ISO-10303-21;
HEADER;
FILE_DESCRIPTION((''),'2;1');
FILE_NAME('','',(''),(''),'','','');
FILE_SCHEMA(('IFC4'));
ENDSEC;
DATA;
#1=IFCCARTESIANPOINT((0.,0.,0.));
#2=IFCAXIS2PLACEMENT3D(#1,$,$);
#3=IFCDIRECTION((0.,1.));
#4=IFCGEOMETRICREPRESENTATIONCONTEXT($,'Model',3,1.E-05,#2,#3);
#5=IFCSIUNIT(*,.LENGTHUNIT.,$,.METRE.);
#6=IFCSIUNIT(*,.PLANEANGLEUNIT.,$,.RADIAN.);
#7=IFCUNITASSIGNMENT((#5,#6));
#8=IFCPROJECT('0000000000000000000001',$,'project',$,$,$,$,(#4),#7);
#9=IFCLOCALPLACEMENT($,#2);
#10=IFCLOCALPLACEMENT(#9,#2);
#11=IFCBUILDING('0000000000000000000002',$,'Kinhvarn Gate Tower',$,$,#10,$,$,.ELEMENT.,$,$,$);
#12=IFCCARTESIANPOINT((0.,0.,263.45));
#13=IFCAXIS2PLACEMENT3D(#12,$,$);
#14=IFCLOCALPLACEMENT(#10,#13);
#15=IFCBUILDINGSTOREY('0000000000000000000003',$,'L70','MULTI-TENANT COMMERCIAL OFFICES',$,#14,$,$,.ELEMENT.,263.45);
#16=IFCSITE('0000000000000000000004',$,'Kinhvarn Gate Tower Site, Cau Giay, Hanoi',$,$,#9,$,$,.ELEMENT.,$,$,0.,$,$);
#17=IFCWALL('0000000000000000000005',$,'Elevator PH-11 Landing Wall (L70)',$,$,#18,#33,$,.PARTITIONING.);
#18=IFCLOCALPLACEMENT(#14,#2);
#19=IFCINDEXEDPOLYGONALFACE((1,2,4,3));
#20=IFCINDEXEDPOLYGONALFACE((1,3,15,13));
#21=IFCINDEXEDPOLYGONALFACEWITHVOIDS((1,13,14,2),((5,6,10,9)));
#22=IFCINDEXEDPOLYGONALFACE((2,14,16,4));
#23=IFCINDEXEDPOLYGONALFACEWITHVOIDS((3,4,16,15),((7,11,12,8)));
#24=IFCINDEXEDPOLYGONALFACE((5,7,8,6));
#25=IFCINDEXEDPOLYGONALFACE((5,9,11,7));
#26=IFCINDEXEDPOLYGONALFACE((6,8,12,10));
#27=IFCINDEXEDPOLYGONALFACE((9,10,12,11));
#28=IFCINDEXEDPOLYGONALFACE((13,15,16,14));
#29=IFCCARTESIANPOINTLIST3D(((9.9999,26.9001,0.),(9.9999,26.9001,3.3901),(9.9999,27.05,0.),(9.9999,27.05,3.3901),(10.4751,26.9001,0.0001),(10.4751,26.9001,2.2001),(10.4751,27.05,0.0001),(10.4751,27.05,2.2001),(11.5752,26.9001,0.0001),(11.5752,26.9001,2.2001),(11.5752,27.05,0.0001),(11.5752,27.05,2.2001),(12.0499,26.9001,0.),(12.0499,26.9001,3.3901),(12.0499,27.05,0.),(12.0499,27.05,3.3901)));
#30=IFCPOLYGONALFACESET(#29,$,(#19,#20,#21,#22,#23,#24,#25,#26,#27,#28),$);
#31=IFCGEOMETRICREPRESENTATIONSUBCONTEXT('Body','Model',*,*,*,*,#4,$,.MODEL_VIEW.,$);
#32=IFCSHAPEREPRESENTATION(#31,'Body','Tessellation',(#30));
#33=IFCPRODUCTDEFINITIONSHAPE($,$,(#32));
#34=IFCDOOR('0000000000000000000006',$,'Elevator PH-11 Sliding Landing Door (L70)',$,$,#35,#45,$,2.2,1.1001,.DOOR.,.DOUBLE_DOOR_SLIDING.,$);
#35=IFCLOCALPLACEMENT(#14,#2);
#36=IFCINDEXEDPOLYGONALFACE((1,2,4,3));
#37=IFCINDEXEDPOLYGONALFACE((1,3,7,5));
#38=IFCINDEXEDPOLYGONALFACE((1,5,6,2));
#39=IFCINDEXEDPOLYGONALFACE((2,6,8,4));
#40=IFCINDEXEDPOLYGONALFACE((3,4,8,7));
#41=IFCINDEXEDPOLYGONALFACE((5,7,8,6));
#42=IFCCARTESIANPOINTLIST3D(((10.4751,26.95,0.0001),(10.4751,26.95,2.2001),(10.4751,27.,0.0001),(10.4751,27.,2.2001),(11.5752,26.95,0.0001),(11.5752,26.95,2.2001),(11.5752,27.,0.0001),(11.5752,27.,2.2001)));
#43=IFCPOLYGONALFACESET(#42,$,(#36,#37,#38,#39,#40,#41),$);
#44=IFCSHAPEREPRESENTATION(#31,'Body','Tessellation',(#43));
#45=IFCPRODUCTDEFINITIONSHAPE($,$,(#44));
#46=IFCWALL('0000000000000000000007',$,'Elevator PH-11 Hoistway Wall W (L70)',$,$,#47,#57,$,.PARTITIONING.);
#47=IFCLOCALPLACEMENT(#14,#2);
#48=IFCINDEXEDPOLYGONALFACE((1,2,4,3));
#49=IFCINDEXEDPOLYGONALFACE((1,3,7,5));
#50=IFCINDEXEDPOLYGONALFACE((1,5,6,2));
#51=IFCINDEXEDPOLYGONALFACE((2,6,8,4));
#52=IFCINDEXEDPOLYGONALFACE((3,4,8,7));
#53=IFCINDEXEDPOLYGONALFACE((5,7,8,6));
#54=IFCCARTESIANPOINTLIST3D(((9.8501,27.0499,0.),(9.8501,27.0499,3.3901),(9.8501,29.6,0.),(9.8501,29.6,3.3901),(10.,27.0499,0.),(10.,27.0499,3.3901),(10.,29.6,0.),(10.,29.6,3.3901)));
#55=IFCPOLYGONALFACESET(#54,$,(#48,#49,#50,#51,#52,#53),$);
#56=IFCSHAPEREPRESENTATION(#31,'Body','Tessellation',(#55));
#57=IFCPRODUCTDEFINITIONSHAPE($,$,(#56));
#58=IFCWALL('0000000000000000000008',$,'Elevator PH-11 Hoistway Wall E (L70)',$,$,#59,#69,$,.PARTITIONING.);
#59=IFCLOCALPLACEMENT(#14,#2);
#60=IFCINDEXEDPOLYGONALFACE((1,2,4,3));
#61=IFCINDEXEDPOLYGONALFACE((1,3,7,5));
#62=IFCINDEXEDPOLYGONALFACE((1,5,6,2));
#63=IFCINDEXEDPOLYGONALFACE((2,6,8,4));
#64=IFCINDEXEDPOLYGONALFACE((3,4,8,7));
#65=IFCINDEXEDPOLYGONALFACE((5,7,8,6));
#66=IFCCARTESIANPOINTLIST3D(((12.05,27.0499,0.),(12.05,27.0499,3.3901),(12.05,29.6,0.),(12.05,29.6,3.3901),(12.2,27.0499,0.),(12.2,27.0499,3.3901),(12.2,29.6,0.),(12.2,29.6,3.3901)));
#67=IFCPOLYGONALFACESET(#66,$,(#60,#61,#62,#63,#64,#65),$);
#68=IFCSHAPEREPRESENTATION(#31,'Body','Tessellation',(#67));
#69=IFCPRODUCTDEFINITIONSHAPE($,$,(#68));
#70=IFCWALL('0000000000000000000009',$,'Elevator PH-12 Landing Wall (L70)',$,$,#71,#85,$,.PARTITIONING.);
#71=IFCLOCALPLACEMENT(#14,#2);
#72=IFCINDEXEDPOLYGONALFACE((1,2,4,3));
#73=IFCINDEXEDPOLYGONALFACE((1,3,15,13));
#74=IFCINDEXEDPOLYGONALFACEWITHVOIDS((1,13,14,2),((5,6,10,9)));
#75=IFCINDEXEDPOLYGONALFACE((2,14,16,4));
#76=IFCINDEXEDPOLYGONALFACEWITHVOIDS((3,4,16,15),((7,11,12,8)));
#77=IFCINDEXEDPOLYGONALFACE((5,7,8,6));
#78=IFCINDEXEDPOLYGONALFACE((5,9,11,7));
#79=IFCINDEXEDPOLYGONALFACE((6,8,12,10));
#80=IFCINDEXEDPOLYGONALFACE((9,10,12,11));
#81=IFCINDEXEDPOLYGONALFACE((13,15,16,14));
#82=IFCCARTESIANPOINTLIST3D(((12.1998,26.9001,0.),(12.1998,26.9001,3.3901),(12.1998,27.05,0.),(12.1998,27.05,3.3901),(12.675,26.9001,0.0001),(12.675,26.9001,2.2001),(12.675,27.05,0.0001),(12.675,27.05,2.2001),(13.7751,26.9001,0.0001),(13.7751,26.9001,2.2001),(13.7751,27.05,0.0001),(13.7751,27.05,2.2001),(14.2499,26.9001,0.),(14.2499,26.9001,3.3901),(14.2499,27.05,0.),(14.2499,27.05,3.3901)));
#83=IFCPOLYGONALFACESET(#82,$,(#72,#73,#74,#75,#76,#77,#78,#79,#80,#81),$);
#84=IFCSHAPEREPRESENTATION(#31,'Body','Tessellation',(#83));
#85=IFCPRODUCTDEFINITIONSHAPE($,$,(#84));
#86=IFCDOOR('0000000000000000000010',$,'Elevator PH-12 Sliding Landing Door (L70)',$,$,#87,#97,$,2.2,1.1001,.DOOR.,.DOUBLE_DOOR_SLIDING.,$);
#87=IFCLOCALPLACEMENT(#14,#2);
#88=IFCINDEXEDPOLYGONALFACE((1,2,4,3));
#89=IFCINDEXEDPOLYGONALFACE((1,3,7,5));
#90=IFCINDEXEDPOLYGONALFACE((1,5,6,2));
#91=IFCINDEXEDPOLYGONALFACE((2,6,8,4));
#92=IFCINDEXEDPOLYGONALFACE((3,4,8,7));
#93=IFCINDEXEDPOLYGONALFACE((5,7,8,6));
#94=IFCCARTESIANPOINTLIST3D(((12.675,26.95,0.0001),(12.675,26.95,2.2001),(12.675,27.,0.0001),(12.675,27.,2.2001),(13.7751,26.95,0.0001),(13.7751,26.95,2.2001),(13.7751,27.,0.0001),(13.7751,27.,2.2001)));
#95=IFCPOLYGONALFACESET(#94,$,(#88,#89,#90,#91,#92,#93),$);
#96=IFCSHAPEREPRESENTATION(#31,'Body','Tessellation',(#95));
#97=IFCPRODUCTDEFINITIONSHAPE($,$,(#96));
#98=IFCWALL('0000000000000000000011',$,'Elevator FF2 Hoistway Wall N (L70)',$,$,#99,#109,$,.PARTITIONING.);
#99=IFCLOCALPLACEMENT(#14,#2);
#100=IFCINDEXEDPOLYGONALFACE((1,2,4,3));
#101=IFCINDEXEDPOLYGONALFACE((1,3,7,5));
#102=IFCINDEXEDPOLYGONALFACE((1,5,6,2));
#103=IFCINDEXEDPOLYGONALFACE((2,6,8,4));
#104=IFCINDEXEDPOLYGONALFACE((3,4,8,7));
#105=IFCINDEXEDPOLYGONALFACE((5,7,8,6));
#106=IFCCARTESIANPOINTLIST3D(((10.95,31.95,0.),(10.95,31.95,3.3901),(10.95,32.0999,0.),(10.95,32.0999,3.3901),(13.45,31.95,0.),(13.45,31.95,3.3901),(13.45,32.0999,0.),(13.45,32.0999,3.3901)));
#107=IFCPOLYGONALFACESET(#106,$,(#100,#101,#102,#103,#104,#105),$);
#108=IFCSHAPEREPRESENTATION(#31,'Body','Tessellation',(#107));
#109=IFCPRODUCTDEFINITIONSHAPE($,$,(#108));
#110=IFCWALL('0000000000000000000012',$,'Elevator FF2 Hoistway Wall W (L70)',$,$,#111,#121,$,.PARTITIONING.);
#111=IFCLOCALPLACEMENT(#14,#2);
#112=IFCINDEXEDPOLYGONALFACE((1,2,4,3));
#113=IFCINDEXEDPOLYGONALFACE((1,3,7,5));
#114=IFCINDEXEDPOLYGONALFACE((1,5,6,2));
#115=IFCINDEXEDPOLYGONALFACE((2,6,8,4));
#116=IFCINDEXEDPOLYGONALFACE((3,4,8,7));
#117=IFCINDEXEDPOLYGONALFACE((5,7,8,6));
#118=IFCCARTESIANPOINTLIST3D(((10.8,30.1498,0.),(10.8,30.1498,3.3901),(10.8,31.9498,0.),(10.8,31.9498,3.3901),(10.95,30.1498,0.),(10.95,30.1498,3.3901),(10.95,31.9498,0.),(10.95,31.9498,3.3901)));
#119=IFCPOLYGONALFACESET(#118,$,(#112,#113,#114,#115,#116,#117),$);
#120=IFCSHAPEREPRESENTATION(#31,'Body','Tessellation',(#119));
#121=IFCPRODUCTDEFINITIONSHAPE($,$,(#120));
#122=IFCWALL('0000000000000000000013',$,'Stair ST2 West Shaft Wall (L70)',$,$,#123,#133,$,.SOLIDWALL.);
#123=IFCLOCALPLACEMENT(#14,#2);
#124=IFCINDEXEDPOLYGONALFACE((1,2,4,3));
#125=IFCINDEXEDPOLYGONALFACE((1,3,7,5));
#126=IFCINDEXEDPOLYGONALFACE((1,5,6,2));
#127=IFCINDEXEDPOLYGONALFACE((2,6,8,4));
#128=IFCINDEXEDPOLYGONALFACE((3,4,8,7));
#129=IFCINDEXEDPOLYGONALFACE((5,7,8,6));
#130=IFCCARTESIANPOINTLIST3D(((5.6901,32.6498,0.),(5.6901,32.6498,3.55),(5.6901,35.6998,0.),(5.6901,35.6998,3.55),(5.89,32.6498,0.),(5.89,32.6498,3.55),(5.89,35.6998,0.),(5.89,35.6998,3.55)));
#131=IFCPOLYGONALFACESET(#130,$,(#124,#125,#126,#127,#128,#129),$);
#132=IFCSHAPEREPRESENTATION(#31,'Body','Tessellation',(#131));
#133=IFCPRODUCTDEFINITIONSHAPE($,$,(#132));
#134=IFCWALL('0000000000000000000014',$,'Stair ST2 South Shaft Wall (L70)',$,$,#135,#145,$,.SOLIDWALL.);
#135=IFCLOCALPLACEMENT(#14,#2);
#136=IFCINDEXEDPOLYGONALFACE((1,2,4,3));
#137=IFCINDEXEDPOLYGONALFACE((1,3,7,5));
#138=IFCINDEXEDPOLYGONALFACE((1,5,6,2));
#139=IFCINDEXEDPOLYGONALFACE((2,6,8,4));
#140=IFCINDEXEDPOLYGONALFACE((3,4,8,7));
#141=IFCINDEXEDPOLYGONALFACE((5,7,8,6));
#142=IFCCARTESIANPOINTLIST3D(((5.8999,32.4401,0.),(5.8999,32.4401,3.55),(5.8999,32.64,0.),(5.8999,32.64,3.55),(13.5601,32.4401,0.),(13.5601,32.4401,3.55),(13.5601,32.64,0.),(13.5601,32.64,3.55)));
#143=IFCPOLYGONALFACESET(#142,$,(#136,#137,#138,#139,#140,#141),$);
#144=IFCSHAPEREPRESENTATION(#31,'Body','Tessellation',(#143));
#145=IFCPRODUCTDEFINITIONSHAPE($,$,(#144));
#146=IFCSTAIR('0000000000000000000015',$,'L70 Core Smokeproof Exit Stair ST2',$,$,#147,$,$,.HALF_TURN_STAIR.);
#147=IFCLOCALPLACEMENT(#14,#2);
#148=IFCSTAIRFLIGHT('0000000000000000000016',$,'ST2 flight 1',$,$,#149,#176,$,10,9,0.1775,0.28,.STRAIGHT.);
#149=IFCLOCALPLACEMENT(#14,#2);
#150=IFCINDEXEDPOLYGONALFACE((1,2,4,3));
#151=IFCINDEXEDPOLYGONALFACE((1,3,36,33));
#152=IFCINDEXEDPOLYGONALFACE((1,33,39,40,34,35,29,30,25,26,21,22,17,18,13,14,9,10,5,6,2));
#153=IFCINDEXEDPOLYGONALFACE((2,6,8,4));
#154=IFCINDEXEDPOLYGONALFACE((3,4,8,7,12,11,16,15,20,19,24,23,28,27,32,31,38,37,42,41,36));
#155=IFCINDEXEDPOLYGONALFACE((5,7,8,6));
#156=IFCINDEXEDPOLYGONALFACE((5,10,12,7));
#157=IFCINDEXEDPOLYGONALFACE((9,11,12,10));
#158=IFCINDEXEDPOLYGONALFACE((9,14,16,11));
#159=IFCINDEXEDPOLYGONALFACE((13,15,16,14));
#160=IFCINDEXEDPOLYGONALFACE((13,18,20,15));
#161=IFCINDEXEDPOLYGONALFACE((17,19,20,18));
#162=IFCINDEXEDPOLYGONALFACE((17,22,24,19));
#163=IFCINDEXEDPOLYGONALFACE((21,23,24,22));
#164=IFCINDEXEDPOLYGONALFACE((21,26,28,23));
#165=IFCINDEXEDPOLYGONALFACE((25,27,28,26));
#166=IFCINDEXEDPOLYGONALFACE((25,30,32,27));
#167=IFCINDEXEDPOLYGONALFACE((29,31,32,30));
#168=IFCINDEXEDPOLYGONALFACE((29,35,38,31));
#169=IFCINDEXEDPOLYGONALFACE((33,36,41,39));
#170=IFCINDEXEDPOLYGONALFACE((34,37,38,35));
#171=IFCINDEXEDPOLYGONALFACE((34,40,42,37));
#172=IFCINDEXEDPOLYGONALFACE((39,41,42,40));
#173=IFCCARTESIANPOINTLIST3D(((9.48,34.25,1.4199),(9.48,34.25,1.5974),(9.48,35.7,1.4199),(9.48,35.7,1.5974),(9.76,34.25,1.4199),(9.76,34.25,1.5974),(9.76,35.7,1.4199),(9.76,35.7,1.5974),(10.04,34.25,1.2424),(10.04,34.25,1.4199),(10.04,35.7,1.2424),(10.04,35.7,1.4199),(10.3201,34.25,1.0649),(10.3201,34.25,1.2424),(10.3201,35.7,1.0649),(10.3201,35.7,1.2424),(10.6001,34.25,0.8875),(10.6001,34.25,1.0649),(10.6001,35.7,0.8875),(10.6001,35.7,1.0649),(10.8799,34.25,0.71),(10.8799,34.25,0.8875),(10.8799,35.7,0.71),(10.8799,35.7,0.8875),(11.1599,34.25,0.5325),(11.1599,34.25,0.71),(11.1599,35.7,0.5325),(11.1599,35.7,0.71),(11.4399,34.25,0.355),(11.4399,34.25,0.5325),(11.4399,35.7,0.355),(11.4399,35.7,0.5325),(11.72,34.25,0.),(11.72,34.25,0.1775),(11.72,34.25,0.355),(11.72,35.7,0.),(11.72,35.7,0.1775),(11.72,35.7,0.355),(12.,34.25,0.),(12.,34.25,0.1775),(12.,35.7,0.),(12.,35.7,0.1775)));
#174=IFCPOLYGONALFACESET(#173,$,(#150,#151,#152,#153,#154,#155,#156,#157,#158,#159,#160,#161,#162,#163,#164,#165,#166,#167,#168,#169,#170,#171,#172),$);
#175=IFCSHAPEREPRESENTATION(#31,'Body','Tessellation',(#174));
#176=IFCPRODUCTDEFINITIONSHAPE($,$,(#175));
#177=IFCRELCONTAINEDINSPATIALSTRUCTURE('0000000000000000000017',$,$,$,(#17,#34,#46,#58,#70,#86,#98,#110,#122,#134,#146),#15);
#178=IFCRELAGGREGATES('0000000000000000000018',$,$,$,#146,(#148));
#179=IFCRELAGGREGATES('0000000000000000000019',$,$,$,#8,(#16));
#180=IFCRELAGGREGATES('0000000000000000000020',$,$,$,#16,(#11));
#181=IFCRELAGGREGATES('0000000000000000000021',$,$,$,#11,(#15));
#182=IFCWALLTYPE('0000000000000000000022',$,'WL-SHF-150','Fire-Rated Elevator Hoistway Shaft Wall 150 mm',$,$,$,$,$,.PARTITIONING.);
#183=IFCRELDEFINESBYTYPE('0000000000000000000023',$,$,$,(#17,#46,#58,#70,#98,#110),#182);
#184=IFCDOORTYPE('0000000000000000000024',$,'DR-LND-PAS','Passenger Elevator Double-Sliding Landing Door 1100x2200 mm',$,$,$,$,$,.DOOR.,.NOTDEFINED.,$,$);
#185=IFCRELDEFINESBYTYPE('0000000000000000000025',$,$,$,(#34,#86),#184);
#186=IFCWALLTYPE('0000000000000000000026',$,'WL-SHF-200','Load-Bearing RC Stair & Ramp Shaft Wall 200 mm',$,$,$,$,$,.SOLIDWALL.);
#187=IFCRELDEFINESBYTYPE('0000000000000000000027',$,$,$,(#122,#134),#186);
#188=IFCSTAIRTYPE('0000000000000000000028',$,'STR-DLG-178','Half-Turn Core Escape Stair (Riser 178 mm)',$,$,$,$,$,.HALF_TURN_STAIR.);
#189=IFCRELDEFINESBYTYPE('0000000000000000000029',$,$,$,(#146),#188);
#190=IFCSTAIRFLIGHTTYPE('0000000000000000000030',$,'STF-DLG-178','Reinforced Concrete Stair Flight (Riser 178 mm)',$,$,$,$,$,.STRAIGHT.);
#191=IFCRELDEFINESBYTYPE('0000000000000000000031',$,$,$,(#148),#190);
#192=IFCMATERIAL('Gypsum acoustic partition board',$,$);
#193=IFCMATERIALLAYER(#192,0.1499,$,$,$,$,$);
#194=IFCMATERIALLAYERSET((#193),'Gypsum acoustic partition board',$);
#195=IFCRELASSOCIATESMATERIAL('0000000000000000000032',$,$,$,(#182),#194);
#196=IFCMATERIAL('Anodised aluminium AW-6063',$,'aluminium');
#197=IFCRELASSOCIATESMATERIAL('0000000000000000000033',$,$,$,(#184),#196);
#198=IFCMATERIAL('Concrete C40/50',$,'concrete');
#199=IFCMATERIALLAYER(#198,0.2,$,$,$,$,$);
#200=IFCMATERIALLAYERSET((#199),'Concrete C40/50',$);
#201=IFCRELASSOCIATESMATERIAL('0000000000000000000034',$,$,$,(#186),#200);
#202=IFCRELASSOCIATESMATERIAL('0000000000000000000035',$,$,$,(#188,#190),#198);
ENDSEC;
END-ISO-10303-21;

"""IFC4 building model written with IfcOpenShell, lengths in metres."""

from ifc_helpers import new_model, si_unit, direction, frame, frame_2d, origin, place, context, subcontext, project, spatial, polyline, rectangle, outline, extrude, material, layer, layer_set, type_object, element, fill, aggregate, save


model = new_model("IFC4")

# Units and contexts
model_context = context("Model", 3, precision=1e-05, world=origin(), true_north=direction((0.0, 1.0)))
body_context = subcontext(model_context, "Body", "Model", "MODEL_VIEW")
ifc_project = project(units=[si_unit("LENGTHUNIT", "METRE"), si_unit("PLANEANGLEUNIT", "RADIAN")], contexts=[model_context])

# Site, building, storey
site_placement = place(None, origin())
site = spatial("IfcSite", under=ifc_project, at=site_placement, Name="Kinhvarn Gate Tower Site, Cau Giay, Hanoi", CompositionType="ELEMENT", RefElevation=0.0)
building_placement = place(site_placement, origin())
building = spatial("IfcBuilding", under=site, at=building_placement, Name="Kinhvarn Gate Tower", CompositionType="ELEMENT")
storey_placement = place(building_placement, frame((0.0, 0.0, 263.45)))
storey = spatial("IfcBuildingStorey", under=building, at=storey_placement, Name="L70", Description="MULTI-TENANT COMMERCIAL OFFICES", CompositionType="ELEMENT", Elevation=263.45)

# Shared definitions
ifc_material_1 = material(Name="Gypsum acoustic partition board")

# Shared definitions
ifc_material_2 = material(Name="Anodised aluminium AW-6063", Category="aluminium")

# Wall, opening, door
ifc_layer_1 = layer(ifc_material_1, 0.1499)
ifc_layer_set_1 = layer_set([ifc_layer_1], Name="Gypsum acoustic partition board")
wall_type_1 = type_object("IfcWallType", Name="WL-SHF-150", Description="Fire-Rated Elevator Hoistway Shaft Wall 150 mm", PredefinedType="PARTITIONING", material=ifc_layer_set_1)
door_type_1 = type_object("IfcDoorType", Name="DR-LND-PAS", Description="Passenger Elevator Double-Sliding Landing Door 1100x2200 mm", OperationType="NOTDEFINED", PredefinedType="DOOR", material=ifc_material_2)
wall_1_placement = place(storey_placement, frame((10.0, 26.9751, 0.0), z_axis=(0.0, 0.0, 1.0), x_axis=(1.0, 0.0, 0.0)))
wall_1 = element("IfcWall", 1, at=wall_1_placement, inside=storey, type_object=wall_type_1, Name="Elevator PH-11 Landing Wall (L70)", PredefinedType="PARTITIONING", context=body_context, shape_type="SweptSolid", body=[
    extrude(rectangle(XDim=2.05, YDim=0.1499, at=frame_2d((1.0249, 0.0))), origin(), (0.0, 0.0, 1.0), 3.3901),
])
opening_1_placement = place(wall_1_placement, frame((0.4751, 0.0, 0.0)))
opening_1 = element("IfcOpeningElement", 2, at=opening_1_placement, cuts=wall_1, PredefinedType="OPENING", context=body_context, shape_type="SweptSolid", body=[
    extrude(rectangle(XDim=1.1001, YDim=2.2, at=frame_2d((0.55, 1.1001))), frame((0.0, 0.085, 0.0), z_axis=(0.0, -1.0, 0.0), x_axis=(1.0, 0.0, 0.0)), (0.0, 0.0, 1.0), 0.1699),
])
door_1_placement = place(opening_1_placement, origin())
door_1 = element("IfcDoor", 3, at=door_1_placement, inside=storey, type_object=door_type_1, Name="Elevator PH-11 Sliding Landing Door (L70)", OperationType="DOUBLE_DOOR_SLIDING", OverallHeight=2.2, OverallWidth=1.1001, PredefinedType="DOOR", context=body_context, shape_type="SweptSolid", body=[
    extrude(rectangle(XDim=1.1001, YDim=2.2, at=frame_2d((0.55, 1.1001))), frame((0.0, 0.0249, 0.0), z_axis=(0.0, -1.0, 0.0), x_axis=(1.0, 0.0, 0.0)), (0.0, 0.0, 1.0), 0.05),
])
fill(opening_1, door_1)

# Walls
for number, where, z_axis, x_axis, name in (
    (4, (9.925, 27.05, 0.0), (0.0, 0.0, 1.0), (0.0, 1.0, 0.0), "Elevator PH-11 Hoistway Wall W (L70)"),
    (5, (12.125, 27.05, 0.0), (0.0, 0.0, 1.0), (0.0, 1.0, 0.0), "Elevator PH-11 Hoistway Wall E (L70)"),
):
    element("IfcWall", number, at=place(storey_placement, frame(where, z_axis=z_axis, x_axis=x_axis)), inside=storey, type_object=wall_type_1, Name=name, PredefinedType="PARTITIONING", context=body_context, shape_type="SweptSolid", body=[
        extrude(rectangle(XDim=2.55, YDim=0.1499, at=frame_2d((1.2749, 0.0))), origin(), (0.0, 0.0, 1.0), 3.3901),
    ])

# Wall, opening, door
wall_2_placement = place(storey_placement, frame((12.2, 26.9751, 0.0), z_axis=(0.0, 0.0, 1.0), x_axis=(1.0, 0.0, 0.0)))
wall_2 = element("IfcWall", 6, at=wall_2_placement, inside=storey, type_object=wall_type_1, Name="Elevator PH-12 Landing Wall (L70)", PredefinedType="PARTITIONING", context=body_context, shape_type="SweptSolid", body=[
    extrude(rectangle(XDim=2.05, YDim=0.1499, at=frame_2d((1.0249, 0.0))), origin(), (0.0, 0.0, 1.0), 3.3901),
])
opening_2_placement = place(wall_2_placement, frame((0.4751, 0.0, 0.0)))
opening_2 = element("IfcOpeningElement", 7, at=opening_2_placement, cuts=wall_2, PredefinedType="OPENING", context=body_context, shape_type="SweptSolid", body=[
    extrude(rectangle(XDim=1.1001, YDim=2.2, at=frame_2d((0.55, 1.1001))), frame((0.0, 0.085, 0.0), z_axis=(0.0, -1.0, 0.0), x_axis=(1.0, 0.0, 0.0)), (0.0, 0.0, 1.0), 0.1699),
])
door_2_placement = place(opening_2_placement, origin())
door_2 = element("IfcDoor", 8, at=door_2_placement, inside=storey, type_object=door_type_1, Name="Elevator PH-12 Sliding Landing Door (L70)", OperationType="DOUBLE_DOOR_SLIDING", OverallHeight=2.2, OverallWidth=1.1001, PredefinedType="DOOR", context=body_context, shape_type="SweptSolid", body=[
    extrude(rectangle(XDim=1.1001, YDim=2.2, at=frame_2d((0.55, 1.1001))), frame((0.0, 0.0249, 0.0), z_axis=(0.0, -1.0, 0.0), x_axis=(1.0, 0.0, 0.0)), (0.0, 0.0, 1.0), 0.05),
])
fill(opening_2, door_2)

# Walls
wall_3_placement = place(storey_placement, frame((10.95, 32.0249, 0.0), z_axis=(0.0, 0.0, 1.0), x_axis=(1.0, 0.0, 0.0)))
element("IfcWall", 9, at=wall_3_placement, inside=storey, type_object=wall_type_1, Name="Elevator FF2 Hoistway Wall N (L70)", PredefinedType="PARTITIONING", context=body_context, shape_type="SweptSolid", body=[
    extrude(rectangle(XDim=2.5, YDim=0.1499, at=frame_2d((1.25, 0.0))), origin(), (0.0, 0.0, 1.0), 3.3901),
])
wall_4_placement = place(storey_placement, frame((10.875, 30.1499, 0.0), z_axis=(0.0, 0.0, 1.0), x_axis=(0.0, 1.0, 0.0)))
element("IfcWall", 10, at=wall_4_placement, inside=storey, type_object=wall_type_1, Name="Elevator FF2 Hoistway Wall W (L70)", PredefinedType="PARTITIONING", context=body_context, shape_type="SweptSolid", body=[
    extrude(rectangle(XDim=1.8, YDim=0.1499, at=frame_2d((0.8999, 0.0))), origin(), (0.0, 0.0, 1.0), 3.3901),
])
ifc_material_3 = material(Name="Concrete C40/50", Category="concrete")
ifc_layer_2 = layer(ifc_material_3, 0.2)
ifc_layer_set_2 = layer_set([ifc_layer_2], Name="Concrete C40/50")
wall_type_2 = type_object("IfcWallType", Name="WL-SHF-200", Description="Load-Bearing RC Stair & Ramp Shaft Wall 200 mm", PredefinedType="SOLIDWALL", material=ifc_layer_set_2)
wall_5_placement = place(storey_placement, frame((5.79, 32.6499, 0.0), z_axis=(0.0, 0.0, 1.0), x_axis=(0.0, 1.0, 0.0)))
element("IfcWall", 11, at=wall_5_placement, inside=storey, type_object=wall_type_2, Name="Stair ST2 West Shaft Wall (L70)", PredefinedType="SOLIDWALL", context=body_context, shape_type="SweptSolid", body=[
    extrude(rectangle(XDim=3.05, YDim=0.2, at=frame_2d((1.5249, 0.0))), origin(), (0.0, 0.0, 1.0), 3.55),
])
wall_6_placement = place(storey_placement, frame((5.8999, 32.54, 0.0), z_axis=(0.0, 0.0, 1.0), x_axis=(1.0, 0.0, 0.0)))
element("IfcWall", 12, at=wall_6_placement, inside=storey, type_object=wall_type_2, Name="Stair ST2 South Shaft Wall (L70)", PredefinedType="SOLIDWALL", context=body_context, shape_type="SweptSolid", body=[
    extrude(rectangle(XDim=7.6602, YDim=0.2, at=frame_2d((3.8301, 0.0))), origin(), (0.0, 0.0, 1.0), 3.55),
])

# Stair, stair flight
stair_type = type_object("IfcStairType", Name="STR-DLG-178", Description="Half-Turn Core Escape Stair (Riser 178 mm)", PredefinedType="HALF_TURN_STAIR", material=ifc_material_3)
stair_placement = place(storey_placement, origin())
stair = element("IfcStair", 13, at=stair_placement, inside=storey, type_object=stair_type, Name="L70 Core Smokeproof Exit Stair ST2", PredefinedType="HALF_TURN_STAIR")
stair_flight_type = type_object("IfcStairFlightType", Name="STF-DLG-178", Description="Reinforced Concrete Stair Flight (Riser 178 mm)", PredefinedType="STRAIGHT", material=ifc_material_3)
stair_flight_1_placement = place(storey_placement, frame((12.0, 34.9751, 0.0), z_axis=(0.0, 0.0, 1.0), x_axis=(-1.0, 0.0, 0.0)))
stair_flight_1 = element("IfcStairFlight", 14, at=stair_flight_1_placement, type_object=stair_flight_type, Name="ST2 flight 1", NumberOfRisers=10, NumberOfTreads=9, PredefinedType="STRAIGHT", RiserHeight=0.1775, TreadLength=0.28, context=body_context, shape_type="SweptSolid", body=[
    extrude(outline(polyline([(0.0, 0.0), (0.0, 0.1775), (0.28, 0.1775), (0.28, 0.355), (0.5601, 0.355), (0.5601, 0.5325), (0.8401, 0.5325), (0.8401, 0.71), (1.1201, 0.71), (1.1201, 0.8875), (1.3999, 0.8875), (1.3999, 1.0649), (1.6799, 1.0649), (1.6799, 1.2424), (1.96, 1.2424), (1.96, 1.4199), (2.24, 1.4199), (2.24, 1.5974), (2.52, 1.5974), (2.52, 1.7749), (2.52, 1.4199), (0.28, 0.0), (0.0, 0.0)])), frame((0.0, 0.7251, 0.0), z_axis=(0.0, -1.0, 0.0), x_axis=(1.0, 0.0, 0.0)), (0.0, 0.0, 1.0), 1.45),
])
aggregate(stair, [stair_flight_1])

save(model, "model.ifc")
